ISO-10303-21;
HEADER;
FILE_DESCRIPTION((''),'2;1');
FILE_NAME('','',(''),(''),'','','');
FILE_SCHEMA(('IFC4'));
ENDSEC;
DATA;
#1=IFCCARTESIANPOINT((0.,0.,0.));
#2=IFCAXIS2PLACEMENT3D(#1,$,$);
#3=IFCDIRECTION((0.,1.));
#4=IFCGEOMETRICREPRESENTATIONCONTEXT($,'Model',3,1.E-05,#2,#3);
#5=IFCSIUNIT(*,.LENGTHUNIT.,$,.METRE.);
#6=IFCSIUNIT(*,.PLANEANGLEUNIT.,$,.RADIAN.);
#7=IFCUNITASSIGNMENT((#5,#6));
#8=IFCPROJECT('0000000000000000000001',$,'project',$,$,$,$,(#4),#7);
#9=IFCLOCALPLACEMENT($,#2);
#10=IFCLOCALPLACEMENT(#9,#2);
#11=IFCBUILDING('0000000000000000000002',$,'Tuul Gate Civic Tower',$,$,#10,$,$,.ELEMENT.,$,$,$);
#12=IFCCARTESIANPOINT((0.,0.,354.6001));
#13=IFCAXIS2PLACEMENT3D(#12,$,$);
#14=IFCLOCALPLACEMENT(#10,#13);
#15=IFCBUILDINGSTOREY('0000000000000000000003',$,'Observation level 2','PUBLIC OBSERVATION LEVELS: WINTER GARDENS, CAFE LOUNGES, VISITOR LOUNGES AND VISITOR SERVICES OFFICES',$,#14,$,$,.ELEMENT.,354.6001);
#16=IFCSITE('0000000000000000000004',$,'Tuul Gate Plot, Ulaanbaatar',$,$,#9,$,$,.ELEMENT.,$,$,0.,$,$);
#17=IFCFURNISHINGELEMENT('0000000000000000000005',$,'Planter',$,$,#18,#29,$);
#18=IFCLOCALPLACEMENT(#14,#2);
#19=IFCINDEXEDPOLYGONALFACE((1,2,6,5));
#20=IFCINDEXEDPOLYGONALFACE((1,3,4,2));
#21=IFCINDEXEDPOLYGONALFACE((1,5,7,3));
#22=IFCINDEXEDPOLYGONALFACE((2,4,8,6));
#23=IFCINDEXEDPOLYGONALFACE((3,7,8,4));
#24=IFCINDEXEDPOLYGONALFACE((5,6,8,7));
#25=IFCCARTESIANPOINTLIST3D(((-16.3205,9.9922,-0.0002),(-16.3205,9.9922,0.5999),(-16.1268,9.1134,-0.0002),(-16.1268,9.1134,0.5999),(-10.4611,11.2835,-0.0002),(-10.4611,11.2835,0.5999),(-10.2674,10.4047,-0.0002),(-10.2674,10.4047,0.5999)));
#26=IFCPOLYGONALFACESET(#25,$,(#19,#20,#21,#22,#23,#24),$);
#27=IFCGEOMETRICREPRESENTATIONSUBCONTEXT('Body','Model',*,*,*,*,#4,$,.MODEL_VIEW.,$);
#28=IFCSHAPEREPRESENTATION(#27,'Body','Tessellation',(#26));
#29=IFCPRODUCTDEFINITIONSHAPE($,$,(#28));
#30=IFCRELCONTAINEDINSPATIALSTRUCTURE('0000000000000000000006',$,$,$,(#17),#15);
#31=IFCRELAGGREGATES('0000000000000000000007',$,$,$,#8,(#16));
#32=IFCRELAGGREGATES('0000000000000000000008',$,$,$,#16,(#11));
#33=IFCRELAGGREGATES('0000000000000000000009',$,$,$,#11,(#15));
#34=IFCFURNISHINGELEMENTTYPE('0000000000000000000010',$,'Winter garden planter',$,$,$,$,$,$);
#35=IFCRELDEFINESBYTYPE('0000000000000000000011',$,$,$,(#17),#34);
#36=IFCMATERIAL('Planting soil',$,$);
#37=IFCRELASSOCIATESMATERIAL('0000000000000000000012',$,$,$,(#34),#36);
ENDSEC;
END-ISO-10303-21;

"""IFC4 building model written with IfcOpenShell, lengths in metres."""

from ifc_helpers import new_model, si_unit, direction, frame, origin, origin_2d, place, context, subcontext, project, spatial, rectangle, extrude, material, type_object, element, save


model = new_model("IFC4")

# Units and contexts
model_context = context("Model", 3, precision=1e-05, world=origin(), true_north=direction((0.0, 1.0)))
body_context = subcontext(model_context, "Body", "Model", "MODEL_VIEW")
ifc_project = project(units=[si_unit("LENGTHUNIT", "METRE"), si_unit("PLANEANGLEUNIT", "RADIAN")], contexts=[model_context])

# Site, building, storey
site_placement = place(None, origin())
site = spatial("IfcSite", under=ifc_project, at=site_placement, Name="Tuul Gate Plot, Ulaanbaatar", CompositionType="ELEMENT", RefElevation=0.0)
building_placement = place(site_placement, origin())
building = spatial("IfcBuilding", under=site, at=building_placement, Name="Tuul Gate Civic Tower", CompositionType="ELEMENT")
storey_placement = place(building_placement, frame((0.0, 0.0, 354.6001)))
storey = spatial("IfcBuildingStorey", under=building, at=storey_placement, Name="Observation level 2", Description="PUBLIC OBSERVATION LEVELS: WINTER GARDENS, CAFE LOUNGES, VISITOR LOUNGES AND VISITOR SERVICES OFFICES", CompositionType="ELEMENT", Elevation=354.6001)

# Furnishing element
ifc_material_1 = material(Name="Planting soil")
furnishing_element_type = type_object("IfcFurnishingElementType", Name="Winter garden planter", material=ifc_material_1)
furnishing_placement = place(storey_placement, frame((-13.2939, 10.1985, -0.0002), z_axis=(0.0, 0.0, 1.0), x_axis=(-0.976567, -0.215215, 0.0)))
element("IfcFurnishingElement", 1, at=furnishing_placement, inside=storey, type_object=furnishing_element_type, Name="Planter", context=body_context, shape_type="SweptSolid", body=[
    extrude(rectangle(XDim=6.0, YDim=0.8999, at=origin_2d()), origin(), (0.0, 0.0, 1.0), 0.6001),
])

save(model, "model.ifc")
